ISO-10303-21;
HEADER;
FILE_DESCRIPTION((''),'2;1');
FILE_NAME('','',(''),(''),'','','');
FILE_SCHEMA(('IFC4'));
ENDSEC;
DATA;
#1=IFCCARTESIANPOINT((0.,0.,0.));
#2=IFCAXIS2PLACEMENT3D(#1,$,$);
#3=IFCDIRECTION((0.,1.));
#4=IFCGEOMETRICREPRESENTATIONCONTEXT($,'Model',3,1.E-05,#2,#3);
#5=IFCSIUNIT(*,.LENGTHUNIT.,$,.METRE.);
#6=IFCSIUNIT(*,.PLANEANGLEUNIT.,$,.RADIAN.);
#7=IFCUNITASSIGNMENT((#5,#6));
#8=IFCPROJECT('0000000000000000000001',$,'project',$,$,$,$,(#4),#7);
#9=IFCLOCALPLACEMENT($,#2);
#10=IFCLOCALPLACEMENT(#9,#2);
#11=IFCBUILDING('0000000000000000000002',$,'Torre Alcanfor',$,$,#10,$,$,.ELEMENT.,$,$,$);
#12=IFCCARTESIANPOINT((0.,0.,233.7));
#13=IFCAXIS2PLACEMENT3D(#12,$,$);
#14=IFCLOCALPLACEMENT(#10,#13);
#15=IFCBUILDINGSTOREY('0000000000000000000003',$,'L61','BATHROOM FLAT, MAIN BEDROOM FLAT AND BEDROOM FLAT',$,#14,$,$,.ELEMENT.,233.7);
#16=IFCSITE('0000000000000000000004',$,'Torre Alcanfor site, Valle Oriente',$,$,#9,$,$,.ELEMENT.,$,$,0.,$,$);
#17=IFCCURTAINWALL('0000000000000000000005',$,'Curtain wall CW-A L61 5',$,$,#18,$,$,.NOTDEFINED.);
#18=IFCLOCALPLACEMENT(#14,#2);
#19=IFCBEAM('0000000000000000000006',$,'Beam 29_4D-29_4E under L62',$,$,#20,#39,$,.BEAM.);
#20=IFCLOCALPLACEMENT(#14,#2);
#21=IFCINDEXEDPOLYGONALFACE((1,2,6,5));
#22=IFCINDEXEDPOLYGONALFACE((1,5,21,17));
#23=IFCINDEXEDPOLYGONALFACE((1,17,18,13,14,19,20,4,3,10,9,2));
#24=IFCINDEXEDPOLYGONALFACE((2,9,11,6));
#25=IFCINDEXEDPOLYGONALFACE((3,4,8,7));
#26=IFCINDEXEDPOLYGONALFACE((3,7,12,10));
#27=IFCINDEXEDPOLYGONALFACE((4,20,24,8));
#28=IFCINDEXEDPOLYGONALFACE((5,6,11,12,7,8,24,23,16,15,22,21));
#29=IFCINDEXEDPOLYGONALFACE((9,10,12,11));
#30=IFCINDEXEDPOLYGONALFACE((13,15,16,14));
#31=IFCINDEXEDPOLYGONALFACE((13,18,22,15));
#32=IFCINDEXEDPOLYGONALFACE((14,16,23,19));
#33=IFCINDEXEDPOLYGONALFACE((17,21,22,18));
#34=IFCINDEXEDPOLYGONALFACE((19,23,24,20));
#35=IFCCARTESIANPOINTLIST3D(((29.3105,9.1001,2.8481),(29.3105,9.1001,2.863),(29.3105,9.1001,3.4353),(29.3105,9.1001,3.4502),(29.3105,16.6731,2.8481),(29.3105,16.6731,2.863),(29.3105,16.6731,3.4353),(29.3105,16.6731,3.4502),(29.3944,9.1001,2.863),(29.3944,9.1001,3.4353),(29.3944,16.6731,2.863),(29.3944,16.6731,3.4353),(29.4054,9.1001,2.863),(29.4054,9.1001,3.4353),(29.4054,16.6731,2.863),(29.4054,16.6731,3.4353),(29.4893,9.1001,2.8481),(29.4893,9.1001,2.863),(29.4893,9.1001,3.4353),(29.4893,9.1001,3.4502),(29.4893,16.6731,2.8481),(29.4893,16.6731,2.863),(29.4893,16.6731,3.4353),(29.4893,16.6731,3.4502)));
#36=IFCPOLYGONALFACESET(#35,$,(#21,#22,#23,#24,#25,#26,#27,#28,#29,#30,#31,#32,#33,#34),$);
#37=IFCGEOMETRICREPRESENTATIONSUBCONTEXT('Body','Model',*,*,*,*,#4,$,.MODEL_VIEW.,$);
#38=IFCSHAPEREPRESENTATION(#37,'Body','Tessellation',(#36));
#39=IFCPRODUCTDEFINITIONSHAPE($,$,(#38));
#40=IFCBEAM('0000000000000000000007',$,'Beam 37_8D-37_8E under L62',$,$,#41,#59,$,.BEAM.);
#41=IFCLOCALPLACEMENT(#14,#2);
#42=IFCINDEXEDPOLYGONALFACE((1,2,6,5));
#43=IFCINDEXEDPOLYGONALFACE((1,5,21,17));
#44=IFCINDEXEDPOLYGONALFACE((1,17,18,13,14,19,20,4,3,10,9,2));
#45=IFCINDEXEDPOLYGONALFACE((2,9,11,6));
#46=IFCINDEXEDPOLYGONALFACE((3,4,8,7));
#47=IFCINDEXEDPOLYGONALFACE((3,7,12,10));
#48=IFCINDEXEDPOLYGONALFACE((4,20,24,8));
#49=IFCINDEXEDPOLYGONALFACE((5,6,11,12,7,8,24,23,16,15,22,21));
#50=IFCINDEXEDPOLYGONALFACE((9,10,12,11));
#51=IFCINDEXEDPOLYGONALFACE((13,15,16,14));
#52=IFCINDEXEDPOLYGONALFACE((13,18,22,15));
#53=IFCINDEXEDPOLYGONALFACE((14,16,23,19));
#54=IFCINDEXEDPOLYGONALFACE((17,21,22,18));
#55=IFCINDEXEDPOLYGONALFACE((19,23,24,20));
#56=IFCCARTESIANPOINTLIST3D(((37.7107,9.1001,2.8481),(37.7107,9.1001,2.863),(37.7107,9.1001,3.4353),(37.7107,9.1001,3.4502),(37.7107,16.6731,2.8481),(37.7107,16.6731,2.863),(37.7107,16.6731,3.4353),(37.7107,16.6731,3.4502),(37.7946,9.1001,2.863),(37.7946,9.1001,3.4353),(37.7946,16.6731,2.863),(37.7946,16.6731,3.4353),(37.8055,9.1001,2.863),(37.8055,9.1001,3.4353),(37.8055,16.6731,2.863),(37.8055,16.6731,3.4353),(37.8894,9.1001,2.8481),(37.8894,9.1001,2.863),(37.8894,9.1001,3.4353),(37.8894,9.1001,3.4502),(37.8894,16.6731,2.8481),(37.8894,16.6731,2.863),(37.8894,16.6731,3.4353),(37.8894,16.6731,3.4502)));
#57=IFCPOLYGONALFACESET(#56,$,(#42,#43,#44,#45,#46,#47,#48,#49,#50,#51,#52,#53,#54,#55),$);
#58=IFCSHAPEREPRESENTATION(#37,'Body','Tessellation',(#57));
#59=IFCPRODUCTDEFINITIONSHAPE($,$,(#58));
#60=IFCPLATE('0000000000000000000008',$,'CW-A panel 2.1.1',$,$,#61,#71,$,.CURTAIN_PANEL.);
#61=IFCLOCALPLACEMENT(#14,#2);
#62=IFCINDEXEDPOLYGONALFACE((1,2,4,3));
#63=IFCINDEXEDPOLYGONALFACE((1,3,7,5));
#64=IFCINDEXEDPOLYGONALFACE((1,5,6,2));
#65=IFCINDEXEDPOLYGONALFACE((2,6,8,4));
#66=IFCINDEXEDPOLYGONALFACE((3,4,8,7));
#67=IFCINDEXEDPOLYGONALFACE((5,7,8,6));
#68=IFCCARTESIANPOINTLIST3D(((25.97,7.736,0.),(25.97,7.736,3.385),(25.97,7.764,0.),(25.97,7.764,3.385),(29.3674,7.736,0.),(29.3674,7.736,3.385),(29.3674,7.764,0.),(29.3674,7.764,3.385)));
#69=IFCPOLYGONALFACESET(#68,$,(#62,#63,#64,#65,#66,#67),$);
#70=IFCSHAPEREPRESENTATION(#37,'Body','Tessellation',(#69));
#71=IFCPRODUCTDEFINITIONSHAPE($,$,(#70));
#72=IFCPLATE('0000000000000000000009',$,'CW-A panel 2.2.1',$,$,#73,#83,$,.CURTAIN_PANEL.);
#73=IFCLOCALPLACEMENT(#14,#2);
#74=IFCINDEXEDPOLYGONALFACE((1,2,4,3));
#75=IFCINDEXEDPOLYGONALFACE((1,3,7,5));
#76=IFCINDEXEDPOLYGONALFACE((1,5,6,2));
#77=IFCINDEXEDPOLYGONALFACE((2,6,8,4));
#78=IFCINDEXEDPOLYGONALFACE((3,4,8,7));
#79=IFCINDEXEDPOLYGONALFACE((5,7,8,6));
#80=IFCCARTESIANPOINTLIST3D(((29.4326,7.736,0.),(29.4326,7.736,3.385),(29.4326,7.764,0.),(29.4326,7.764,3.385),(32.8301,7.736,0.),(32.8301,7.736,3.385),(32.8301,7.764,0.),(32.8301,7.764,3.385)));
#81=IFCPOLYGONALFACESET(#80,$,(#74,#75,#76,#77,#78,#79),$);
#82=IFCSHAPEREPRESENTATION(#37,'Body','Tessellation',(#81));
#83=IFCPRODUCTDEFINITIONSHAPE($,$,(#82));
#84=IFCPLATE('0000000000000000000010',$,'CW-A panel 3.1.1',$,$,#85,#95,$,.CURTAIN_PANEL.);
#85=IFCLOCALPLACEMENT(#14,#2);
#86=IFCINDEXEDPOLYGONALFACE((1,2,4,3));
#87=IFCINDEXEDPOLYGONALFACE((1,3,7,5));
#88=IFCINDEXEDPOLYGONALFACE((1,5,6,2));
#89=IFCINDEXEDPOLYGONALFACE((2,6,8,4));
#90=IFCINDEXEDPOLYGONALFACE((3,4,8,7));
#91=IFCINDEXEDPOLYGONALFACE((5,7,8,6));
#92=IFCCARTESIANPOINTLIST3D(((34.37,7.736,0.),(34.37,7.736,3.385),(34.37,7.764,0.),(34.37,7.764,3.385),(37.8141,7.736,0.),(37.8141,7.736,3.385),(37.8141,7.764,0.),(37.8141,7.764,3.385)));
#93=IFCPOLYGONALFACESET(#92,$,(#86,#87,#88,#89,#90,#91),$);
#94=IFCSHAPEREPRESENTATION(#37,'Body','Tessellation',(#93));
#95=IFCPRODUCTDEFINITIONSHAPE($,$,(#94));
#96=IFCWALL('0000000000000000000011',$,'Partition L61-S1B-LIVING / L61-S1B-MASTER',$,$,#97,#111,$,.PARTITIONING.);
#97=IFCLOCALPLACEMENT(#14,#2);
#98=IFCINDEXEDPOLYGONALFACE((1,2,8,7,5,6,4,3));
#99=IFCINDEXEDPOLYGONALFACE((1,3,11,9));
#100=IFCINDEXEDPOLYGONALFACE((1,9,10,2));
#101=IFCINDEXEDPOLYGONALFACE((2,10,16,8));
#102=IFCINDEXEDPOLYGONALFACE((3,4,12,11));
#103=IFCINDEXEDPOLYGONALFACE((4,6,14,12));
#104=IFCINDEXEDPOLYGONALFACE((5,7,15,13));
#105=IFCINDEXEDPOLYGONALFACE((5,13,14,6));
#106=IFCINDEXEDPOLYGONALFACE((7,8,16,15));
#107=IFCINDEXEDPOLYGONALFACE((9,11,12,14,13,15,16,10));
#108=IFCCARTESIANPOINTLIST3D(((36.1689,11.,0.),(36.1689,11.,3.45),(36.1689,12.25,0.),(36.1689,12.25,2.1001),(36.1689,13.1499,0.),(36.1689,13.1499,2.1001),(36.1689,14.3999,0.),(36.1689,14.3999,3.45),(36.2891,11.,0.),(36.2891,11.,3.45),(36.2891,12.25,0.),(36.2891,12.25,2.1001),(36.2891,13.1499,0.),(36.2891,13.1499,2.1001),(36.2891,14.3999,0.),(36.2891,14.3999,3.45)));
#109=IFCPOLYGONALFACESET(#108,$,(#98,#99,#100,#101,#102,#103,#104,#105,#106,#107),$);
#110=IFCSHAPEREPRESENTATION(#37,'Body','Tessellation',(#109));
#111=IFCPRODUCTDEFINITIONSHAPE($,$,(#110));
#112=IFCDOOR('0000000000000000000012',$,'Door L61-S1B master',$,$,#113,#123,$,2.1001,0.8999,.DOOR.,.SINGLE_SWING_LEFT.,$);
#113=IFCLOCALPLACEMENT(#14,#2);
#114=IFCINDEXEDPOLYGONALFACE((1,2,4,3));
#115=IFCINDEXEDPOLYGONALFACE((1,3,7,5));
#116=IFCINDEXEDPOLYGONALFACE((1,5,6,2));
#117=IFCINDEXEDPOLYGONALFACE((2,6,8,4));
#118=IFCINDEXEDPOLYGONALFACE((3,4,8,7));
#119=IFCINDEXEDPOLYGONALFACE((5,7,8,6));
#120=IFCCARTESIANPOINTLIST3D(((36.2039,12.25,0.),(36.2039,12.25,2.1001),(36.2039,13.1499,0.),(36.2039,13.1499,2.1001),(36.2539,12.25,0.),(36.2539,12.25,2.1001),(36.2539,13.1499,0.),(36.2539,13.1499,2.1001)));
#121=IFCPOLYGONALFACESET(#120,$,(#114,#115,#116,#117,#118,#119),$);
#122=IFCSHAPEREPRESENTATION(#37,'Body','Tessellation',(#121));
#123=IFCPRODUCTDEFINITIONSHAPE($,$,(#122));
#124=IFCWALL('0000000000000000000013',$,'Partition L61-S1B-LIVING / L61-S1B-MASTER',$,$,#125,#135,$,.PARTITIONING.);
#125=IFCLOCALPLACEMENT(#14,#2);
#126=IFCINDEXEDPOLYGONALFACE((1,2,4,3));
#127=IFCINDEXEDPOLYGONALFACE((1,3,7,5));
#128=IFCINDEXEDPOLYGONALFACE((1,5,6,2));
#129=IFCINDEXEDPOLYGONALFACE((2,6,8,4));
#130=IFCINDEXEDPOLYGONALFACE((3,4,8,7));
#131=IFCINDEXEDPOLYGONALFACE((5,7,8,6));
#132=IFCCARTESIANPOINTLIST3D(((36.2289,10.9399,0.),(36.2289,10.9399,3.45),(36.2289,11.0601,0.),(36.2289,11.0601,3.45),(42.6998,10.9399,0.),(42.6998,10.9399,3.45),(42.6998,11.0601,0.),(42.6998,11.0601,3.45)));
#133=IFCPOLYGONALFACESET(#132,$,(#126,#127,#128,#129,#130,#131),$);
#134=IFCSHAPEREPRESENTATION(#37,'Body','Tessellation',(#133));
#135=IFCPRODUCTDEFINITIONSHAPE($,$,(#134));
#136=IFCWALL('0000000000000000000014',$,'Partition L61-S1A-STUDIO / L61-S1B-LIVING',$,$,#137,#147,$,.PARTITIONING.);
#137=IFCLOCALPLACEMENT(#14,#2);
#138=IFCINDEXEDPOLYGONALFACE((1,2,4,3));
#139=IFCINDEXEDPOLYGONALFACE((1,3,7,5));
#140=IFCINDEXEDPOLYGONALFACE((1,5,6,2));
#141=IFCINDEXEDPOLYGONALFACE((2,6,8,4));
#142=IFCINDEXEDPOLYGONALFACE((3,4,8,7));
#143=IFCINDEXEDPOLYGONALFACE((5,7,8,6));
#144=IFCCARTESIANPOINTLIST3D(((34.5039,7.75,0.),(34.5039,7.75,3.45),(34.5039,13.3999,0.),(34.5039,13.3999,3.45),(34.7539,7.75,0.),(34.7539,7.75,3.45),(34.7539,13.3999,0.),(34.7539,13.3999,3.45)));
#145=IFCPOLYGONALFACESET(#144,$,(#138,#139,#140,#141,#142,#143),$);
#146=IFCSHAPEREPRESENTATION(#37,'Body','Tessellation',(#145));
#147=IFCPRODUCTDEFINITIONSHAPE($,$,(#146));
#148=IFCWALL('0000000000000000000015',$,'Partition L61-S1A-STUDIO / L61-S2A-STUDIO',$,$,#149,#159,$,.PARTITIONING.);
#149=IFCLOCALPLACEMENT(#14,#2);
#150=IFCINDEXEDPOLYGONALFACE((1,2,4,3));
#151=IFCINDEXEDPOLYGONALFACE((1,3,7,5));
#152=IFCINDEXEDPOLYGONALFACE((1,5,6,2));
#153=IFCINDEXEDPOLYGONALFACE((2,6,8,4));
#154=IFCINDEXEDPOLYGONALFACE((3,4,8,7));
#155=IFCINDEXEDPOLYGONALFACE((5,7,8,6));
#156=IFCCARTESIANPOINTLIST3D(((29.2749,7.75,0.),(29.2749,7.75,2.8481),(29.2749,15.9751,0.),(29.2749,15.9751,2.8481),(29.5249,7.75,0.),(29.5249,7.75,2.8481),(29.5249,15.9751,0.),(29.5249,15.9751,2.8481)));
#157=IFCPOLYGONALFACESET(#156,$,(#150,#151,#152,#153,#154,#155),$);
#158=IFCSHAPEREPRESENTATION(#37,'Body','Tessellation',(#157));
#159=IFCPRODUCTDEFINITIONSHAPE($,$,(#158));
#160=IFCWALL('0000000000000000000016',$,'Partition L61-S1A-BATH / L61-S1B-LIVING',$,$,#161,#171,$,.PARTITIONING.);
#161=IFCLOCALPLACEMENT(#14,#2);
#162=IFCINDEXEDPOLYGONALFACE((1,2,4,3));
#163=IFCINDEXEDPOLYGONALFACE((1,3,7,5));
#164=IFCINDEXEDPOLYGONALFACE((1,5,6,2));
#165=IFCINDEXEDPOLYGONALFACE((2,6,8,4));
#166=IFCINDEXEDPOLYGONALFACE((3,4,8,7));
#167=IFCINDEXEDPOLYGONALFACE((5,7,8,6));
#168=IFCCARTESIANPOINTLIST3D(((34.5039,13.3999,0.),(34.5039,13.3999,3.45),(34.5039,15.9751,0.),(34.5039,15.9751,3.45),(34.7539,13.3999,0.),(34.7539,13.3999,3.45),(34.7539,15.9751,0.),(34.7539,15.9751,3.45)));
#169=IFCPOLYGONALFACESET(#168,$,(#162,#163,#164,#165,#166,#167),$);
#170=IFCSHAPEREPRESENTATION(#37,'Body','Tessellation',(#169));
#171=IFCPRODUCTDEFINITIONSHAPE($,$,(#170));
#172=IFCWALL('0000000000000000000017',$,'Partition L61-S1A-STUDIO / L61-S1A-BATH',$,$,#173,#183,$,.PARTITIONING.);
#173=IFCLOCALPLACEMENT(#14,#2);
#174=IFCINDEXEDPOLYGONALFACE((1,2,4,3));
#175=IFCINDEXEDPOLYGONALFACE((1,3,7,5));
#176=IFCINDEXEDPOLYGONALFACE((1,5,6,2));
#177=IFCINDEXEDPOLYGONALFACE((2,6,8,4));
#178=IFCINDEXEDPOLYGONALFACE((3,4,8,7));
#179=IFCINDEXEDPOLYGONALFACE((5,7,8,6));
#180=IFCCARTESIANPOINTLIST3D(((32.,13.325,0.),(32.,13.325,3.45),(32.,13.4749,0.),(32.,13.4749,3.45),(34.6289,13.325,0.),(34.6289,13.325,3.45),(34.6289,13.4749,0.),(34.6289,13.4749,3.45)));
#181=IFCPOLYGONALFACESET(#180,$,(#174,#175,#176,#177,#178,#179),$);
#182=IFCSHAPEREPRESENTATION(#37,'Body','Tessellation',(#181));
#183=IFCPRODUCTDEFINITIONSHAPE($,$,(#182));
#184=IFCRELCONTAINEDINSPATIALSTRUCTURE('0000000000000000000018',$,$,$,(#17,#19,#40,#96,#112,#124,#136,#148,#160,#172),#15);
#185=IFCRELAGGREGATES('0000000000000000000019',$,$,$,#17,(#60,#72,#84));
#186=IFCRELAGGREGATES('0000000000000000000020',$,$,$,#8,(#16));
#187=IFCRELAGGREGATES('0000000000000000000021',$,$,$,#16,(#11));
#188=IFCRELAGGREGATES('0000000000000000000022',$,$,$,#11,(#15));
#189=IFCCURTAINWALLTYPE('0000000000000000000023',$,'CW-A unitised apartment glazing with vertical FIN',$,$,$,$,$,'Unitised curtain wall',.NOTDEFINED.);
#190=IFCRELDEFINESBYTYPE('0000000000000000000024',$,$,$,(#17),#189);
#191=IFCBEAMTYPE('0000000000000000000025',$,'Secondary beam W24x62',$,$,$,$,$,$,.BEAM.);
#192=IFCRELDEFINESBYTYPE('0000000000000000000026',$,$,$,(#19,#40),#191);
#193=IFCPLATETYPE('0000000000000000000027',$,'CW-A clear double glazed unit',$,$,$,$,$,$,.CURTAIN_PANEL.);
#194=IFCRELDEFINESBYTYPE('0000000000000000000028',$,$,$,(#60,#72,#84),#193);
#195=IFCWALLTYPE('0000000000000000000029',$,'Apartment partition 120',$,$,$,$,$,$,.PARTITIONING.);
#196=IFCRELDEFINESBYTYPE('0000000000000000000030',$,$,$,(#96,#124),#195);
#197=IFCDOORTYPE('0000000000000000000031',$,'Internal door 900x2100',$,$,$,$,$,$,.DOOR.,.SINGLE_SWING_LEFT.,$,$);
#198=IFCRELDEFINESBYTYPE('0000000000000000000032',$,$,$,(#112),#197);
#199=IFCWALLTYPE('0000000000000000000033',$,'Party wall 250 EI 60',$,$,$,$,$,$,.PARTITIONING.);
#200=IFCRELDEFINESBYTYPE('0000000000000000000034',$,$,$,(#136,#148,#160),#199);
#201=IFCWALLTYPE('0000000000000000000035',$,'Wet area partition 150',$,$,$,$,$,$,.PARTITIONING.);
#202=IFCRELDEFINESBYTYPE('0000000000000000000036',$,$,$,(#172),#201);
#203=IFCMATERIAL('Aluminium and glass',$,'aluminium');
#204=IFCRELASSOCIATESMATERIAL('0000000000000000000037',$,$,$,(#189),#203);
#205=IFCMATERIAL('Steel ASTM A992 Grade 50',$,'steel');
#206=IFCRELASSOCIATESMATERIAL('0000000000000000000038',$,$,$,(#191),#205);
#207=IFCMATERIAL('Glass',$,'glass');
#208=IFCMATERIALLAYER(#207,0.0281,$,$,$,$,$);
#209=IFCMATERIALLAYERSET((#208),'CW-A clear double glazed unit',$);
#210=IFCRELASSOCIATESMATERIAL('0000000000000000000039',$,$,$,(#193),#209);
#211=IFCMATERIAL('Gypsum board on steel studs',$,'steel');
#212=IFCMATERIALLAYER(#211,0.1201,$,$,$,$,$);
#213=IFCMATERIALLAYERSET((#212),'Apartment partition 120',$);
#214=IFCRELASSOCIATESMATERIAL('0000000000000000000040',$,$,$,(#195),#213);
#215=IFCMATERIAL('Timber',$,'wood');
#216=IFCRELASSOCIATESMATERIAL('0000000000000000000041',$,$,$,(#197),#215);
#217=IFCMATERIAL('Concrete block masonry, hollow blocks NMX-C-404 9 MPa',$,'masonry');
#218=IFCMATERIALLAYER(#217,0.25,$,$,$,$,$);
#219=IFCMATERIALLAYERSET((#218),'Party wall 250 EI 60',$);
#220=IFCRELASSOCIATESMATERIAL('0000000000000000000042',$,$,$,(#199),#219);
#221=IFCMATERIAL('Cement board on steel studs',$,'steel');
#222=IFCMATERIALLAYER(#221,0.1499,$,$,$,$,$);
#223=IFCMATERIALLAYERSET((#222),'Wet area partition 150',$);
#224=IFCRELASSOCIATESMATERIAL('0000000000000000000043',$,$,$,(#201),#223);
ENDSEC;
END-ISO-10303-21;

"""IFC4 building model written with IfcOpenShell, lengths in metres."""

from ifc_helpers import new_model, si_unit, direction, frame, frame_2d, origin, origin_2d, place, context, subcontext, project, spatial, rectangle, i_section, extrude, material, layer, layer_set, material_profile, profile_set, type_object, element, fill, aggregate, save


model = new_model("IFC4")

# Units and contexts
model_context = context("Model", 3, precision=1e-05, world=origin(), true_north=direction((0.0, 1.0)))
body_context = subcontext(model_context, "Body", "Model", "MODEL_VIEW")
ifc_project = project(units=[si_unit("LENGTHUNIT", "METRE"), si_unit("PLANEANGLEUNIT", "RADIAN")], contexts=[model_context])

# Site, building, storey
site_placement = place(None, origin())
site = spatial("IfcSite", under=ifc_project, at=site_placement, Name="Torre Alcanfor site, Valle Oriente", CompositionType="ELEMENT", RefElevation=0.0)
building_placement = place(site_placement, origin())
building = spatial("IfcBuilding", under=site, at=building_placement, Name="Torre Alcanfor", CompositionType="ELEMENT")
storey_placement = place(building_placement, frame((0.0, 0.0, 233.7)))
storey = spatial("IfcBuildingStorey", under=building, at=storey_placement, Name="L61", Description="BATHROOM FLAT, MAIN BEDROOM FLAT AND BEDROOM FLAT", CompositionType="ELEMENT", Elevation=233.7)

# Curtain wall
ifc_material_1 = material(Name="Aluminium and glass", Category="aluminium")
curtain_wall_type = type_object("IfcCurtainWallType", Name="CW-A unitised apartment glazing with vertical FIN", ElementType="Unitised curtain wall", PredefinedType="NOTDEFINED", material=ifc_material_1)
curtain_wall_placement = place(storey_placement, origin())
curtain_wall = element("IfcCurtainWall", 1, at=curtain_wall_placement, inside=storey, type_object=curtain_wall_type, Name="Curtain wall CW-A L61 5", PredefinedType="NOTDEFINED")

# Beams
ifc_material_2 = material(Name="Steel ASTM A992 Grade 50", Category="steel")
ifc_material_profile_1 = material_profile(ifc_material_2, i_section(OverallWidth=0.1787, OverallDepth=0.6021, WebThickness=0.011, FlangeThickness=0.0149, at=origin_2d()), Name="W24x62")
ifc_profile_set_1 = profile_set([ifc_material_profile_1], Name="Steel ASTM A992 Grade 50")
beam_type_1 = type_object("IfcBeamType", Name="Secondary beam W24x62", PredefinedType="BEAM", material=ifc_profile_set_1)
for number, where, z_axis, x_axis, name in (
    (2, (29.3999, 9.1001, 3.1492), (0.0, 1.0, 0.0), (-1.0, 0.0, 0.0), "Beam 29_4D-29_4E under L62"),
    (3, (37.8, 9.1001, 3.1492), (0.0, 1.0, 0.0), (-1.0, 0.0, 0.0), "Beam 37_8D-37_8E under L62"),
):
    element("IfcBeam", number, at=place(storey_placement, frame(where, z_axis=z_axis, x_axis=x_axis)), inside=storey, type_object=beam_type_1, Name=name, PredefinedType="BEAM", context=body_context, shape_type="SweptSolid", body=[
        extrude(i_section(OverallWidth=0.1787, OverallDepth=0.6021, WebThickness=0.011, FlangeThickness=0.0149, at=origin_2d()), origin(), (0.0, 0.0, 1.0), 7.573),
    ])

# Plates
ifc_material_3 = material(Name="Glass", Category="glass")
ifc_layer_1 = layer(ifc_material_3, 0.0281)
ifc_layer_set_1 = layer_set([ifc_layer_1], Name="CW-A clear double glazed unit")
plate_type = type_object("IfcPlateType", Name="CW-A clear double glazed unit", PredefinedType="CURTAIN_PANEL", material=ifc_layer_set_1)
plate_1_placement = place(storey_placement, frame((27.6687, 7.75, 0.0), z_axis=(0.0, 0.0, 1.0), x_axis=(1.0, 0.0, 0.0)))
plate_1 = element("IfcPlate", 4, at=plate_1_placement, type_object=plate_type, Name="CW-A panel 2.1.1", PredefinedType="CURTAIN_PANEL", context=body_context, shape_type="SweptSolid", body=[
    extrude(rectangle(XDim=3.3975, YDim=0.0281, at=origin_2d()), origin(), (0.0, 0.0, 1.0), 3.385),
])
plate_2_placement = place(storey_placement, frame((31.1313, 7.75, 0.0), z_axis=(0.0, 0.0, 1.0), x_axis=(1.0, 0.0, 0.0)))
plate_2 = element("IfcPlate", 5, at=plate_2_placement, type_object=plate_type, Name="CW-A panel 2.2.1", PredefinedType="CURTAIN_PANEL", context=body_context, shape_type="SweptSolid", body=[
    extrude(rectangle(XDim=3.3975, YDim=0.0281, at=origin_2d()), origin(), (0.0, 0.0, 1.0), 3.385),
])
plate_3_placement = place(storey_placement, frame((36.092, 7.75, 0.0), z_axis=(0.0, 0.0, 1.0), x_axis=(1.0, 0.0, 0.0)))
plate_3 = element("IfcPlate", 6, at=plate_3_placement, type_object=plate_type, Name="CW-A panel 3.1.1", PredefinedType="CURTAIN_PANEL", context=body_context, shape_type="SweptSolid", body=[
    extrude(rectangle(XDim=3.4441, YDim=0.0281, at=origin_2d()), origin(), (0.0, 0.0, 1.0), 3.385),
])
aggregate(curtain_wall, [plate_1, plate_2, plate_3])

# Wall, opening, door
ifc_material_4 = material(Name="Gypsum board on steel studs", Category="steel")
ifc_layer_2 = layer(ifc_material_4, 0.1201)
ifc_layer_set_2 = layer_set([ifc_layer_2], Name="Apartment partition 120")
wall_type_1 = type_object("IfcWallType", Name="Apartment partition 120", PredefinedType="PARTITIONING", material=ifc_layer_set_2)
wall_1_placement = place(storey_placement, frame((36.229, 14.3999, 0.0), z_axis=(0.0, 0.0, 1.0), x_axis=(0.0, -1.0, 0.0)))
wall_1 = element("IfcWall", 7, at=wall_1_placement, inside=storey, type_object=wall_type_1, Name="Partition L61-S1B-LIVING / L61-S1B-MASTER", PredefinedType="PARTITIONING", context=body_context, shape_type="SweptSolid", body=[
    extrude(rectangle(XDim=3.3999, YDim=0.1201, at=frame_2d((1.7, 0.0))), origin(), (0.0, 0.0, 1.0), 3.45),
])
opening_1_placement = place(wall_1_placement, frame((1.25, 0.0, 0.0)))
opening_1 = element("IfcOpeningElement", 8, at=opening_1_placement, cuts=wall_1, PredefinedType="OPENING", context=body_context, shape_type="SweptSolid", body=[
    extrude(rectangle(XDim=0.8999, YDim=2.1001, at=frame_2d((0.45, 1.05))), frame((0.0, 0.0701, 0.0), z_axis=(0.0, -1.0, 0.0), x_axis=(1.0, 0.0, 0.0)), (0.0, 0.0, 1.0), 0.1401),
])
ifc_material_5 = material(Name="Timber", Category="wood")
door_type_1 = type_object("IfcDoorType", Name="Internal door 900x2100", OperationType="SINGLE_SWING_LEFT", PredefinedType="DOOR", material=ifc_material_5)
door_1_placement = place(opening_1_placement, origin())
door_1 = element("IfcDoor", 9, at=door_1_placement, inside=storey, type_object=door_type_1, Name="Door L61-S1B master", OperationType="SINGLE_SWING_LEFT", OverallHeight=2.1001, OverallWidth=0.8999, PredefinedType="DOOR", context=body_context, shape_type="SweptSolid", body=[
    extrude(rectangle(XDim=0.8999, YDim=2.1001, at=frame_2d((0.45, 1.05))), frame((0.0, 0.0249, 0.0), z_axis=(0.0, -1.0, 0.0), x_axis=(1.0, 0.0, 0.0)), (0.0, 0.0, 1.0), 0.05),
])
fill(opening_1, door_1)

# Walls
wall_2_placement = place(storey_placement, frame((36.229, 11.0, 0.0), z_axis=(0.0, 0.0, 1.0), x_axis=(1.0, 0.0, 0.0)))
element("IfcWall", 10, at=wall_2_placement, inside=storey, type_object=wall_type_1, Name="Partition L61-S1B-LIVING / L61-S1B-MASTER", PredefinedType="PARTITIONING", context=body_context, shape_type="SweptSolid", body=[
    extrude(rectangle(XDim=6.4709, YDim=0.1201, at=frame_2d((3.2354, 0.0))), origin(), (0.0, 0.0, 1.0), 3.45),
])
ifc_material_6 = material(Name="Concrete block masonry, hollow blocks NMX-C-404 9 MPa", Category="masonry")
ifc_layer_3 = layer(ifc_material_6, 0.25)
ifc_layer_set_3 = layer_set([ifc_layer_3], Name="Party wall 250 EI 60")
wall_type_2 = type_object("IfcWallType", Name="Party wall 250 EI 60", PredefinedType="PARTITIONING", material=ifc_layer_set_3)
wall_3_placement = place(storey_placement, frame((34.6289, 13.3999, 0.0), z_axis=(0.0, 0.0, 1.0), x_axis=(0.0, -1.0, 0.0)))
element("IfcWall", 11, at=wall_3_placement, inside=storey, type_object=wall_type_2, Name="Partition L61-S1A-STUDIO / L61-S1B-LIVING", PredefinedType="PARTITIONING", context=body_context, shape_type="SweptSolid", body=[
    extrude(rectangle(XDim=5.6499, YDim=0.25, at=frame_2d((2.825, 0.0))), origin(), (0.0, 0.0, 1.0), 3.45),
])
wall_4_placement = place(storey_placement, frame((29.3999, 7.75, 0.0), z_axis=(0.0, 0.0, 1.0), x_axis=(0.0, 1.0, 0.0)))
element("IfcWall", 12, at=wall_4_placement, inside=storey, type_object=wall_type_2, Name="Partition L61-S1A-STUDIO / L61-S2A-STUDIO", PredefinedType="PARTITIONING", context=body_context, shape_type="SweptSolid", body=[
    extrude(rectangle(XDim=8.2251, YDim=0.25, at=frame_2d((4.1125, 0.0))), origin(), (0.0, 0.0, 1.0), 2.8481),
])
wall_5_placement = place(storey_placement, frame((34.6289, 13.3999, 0.0), z_axis=(0.0, 0.0, 1.0), x_axis=(0.0, 1.0, 0.0)))
element("IfcWall", 13, at=wall_5_placement, inside=storey, type_object=wall_type_2, Name="Partition L61-S1A-BATH / L61-S1B-LIVING", PredefinedType="PARTITIONING", context=body_context, shape_type="SweptSolid", body=[
    extrude(rectangle(XDim=2.5752, YDim=0.25, at=frame_2d((1.2876, 0.0))), origin(), (0.0, 0.0, 1.0), 3.45),
])
ifc_material_7 = material(Name="Cement board on steel studs", Category="steel")
ifc_layer_4 = layer(ifc_material_7, 0.1499)
ifc_layer_set_4 = layer_set([ifc_layer_4], Name="Wet area partition 150")
wall_type_3 = type_object("IfcWallType", Name="Wet area partition 150", PredefinedType="PARTITIONING", material=ifc_layer_set_4)
wall_6_placement = place(storey_placement, frame((32.0, 13.3999, 0.0), z_axis=(0.0, 0.0, 1.0), x_axis=(1.0, 0.0, 0.0)))
element("IfcWall", 14, at=wall_6_placement, inside=storey, type_object=wall_type_3, Name="Partition L61-S1A-STUDIO / L61-S1A-BATH", PredefinedType="PARTITIONING", context=body_context, shape_type="SweptSolid", body=[
    extrude(rectangle(XDim=2.6289, YDim=0.1499, at=frame_2d((1.3145, 0.0))), origin(), (0.0, 0.0, 1.0), 3.45),
])

save(model, "model.ifc")
